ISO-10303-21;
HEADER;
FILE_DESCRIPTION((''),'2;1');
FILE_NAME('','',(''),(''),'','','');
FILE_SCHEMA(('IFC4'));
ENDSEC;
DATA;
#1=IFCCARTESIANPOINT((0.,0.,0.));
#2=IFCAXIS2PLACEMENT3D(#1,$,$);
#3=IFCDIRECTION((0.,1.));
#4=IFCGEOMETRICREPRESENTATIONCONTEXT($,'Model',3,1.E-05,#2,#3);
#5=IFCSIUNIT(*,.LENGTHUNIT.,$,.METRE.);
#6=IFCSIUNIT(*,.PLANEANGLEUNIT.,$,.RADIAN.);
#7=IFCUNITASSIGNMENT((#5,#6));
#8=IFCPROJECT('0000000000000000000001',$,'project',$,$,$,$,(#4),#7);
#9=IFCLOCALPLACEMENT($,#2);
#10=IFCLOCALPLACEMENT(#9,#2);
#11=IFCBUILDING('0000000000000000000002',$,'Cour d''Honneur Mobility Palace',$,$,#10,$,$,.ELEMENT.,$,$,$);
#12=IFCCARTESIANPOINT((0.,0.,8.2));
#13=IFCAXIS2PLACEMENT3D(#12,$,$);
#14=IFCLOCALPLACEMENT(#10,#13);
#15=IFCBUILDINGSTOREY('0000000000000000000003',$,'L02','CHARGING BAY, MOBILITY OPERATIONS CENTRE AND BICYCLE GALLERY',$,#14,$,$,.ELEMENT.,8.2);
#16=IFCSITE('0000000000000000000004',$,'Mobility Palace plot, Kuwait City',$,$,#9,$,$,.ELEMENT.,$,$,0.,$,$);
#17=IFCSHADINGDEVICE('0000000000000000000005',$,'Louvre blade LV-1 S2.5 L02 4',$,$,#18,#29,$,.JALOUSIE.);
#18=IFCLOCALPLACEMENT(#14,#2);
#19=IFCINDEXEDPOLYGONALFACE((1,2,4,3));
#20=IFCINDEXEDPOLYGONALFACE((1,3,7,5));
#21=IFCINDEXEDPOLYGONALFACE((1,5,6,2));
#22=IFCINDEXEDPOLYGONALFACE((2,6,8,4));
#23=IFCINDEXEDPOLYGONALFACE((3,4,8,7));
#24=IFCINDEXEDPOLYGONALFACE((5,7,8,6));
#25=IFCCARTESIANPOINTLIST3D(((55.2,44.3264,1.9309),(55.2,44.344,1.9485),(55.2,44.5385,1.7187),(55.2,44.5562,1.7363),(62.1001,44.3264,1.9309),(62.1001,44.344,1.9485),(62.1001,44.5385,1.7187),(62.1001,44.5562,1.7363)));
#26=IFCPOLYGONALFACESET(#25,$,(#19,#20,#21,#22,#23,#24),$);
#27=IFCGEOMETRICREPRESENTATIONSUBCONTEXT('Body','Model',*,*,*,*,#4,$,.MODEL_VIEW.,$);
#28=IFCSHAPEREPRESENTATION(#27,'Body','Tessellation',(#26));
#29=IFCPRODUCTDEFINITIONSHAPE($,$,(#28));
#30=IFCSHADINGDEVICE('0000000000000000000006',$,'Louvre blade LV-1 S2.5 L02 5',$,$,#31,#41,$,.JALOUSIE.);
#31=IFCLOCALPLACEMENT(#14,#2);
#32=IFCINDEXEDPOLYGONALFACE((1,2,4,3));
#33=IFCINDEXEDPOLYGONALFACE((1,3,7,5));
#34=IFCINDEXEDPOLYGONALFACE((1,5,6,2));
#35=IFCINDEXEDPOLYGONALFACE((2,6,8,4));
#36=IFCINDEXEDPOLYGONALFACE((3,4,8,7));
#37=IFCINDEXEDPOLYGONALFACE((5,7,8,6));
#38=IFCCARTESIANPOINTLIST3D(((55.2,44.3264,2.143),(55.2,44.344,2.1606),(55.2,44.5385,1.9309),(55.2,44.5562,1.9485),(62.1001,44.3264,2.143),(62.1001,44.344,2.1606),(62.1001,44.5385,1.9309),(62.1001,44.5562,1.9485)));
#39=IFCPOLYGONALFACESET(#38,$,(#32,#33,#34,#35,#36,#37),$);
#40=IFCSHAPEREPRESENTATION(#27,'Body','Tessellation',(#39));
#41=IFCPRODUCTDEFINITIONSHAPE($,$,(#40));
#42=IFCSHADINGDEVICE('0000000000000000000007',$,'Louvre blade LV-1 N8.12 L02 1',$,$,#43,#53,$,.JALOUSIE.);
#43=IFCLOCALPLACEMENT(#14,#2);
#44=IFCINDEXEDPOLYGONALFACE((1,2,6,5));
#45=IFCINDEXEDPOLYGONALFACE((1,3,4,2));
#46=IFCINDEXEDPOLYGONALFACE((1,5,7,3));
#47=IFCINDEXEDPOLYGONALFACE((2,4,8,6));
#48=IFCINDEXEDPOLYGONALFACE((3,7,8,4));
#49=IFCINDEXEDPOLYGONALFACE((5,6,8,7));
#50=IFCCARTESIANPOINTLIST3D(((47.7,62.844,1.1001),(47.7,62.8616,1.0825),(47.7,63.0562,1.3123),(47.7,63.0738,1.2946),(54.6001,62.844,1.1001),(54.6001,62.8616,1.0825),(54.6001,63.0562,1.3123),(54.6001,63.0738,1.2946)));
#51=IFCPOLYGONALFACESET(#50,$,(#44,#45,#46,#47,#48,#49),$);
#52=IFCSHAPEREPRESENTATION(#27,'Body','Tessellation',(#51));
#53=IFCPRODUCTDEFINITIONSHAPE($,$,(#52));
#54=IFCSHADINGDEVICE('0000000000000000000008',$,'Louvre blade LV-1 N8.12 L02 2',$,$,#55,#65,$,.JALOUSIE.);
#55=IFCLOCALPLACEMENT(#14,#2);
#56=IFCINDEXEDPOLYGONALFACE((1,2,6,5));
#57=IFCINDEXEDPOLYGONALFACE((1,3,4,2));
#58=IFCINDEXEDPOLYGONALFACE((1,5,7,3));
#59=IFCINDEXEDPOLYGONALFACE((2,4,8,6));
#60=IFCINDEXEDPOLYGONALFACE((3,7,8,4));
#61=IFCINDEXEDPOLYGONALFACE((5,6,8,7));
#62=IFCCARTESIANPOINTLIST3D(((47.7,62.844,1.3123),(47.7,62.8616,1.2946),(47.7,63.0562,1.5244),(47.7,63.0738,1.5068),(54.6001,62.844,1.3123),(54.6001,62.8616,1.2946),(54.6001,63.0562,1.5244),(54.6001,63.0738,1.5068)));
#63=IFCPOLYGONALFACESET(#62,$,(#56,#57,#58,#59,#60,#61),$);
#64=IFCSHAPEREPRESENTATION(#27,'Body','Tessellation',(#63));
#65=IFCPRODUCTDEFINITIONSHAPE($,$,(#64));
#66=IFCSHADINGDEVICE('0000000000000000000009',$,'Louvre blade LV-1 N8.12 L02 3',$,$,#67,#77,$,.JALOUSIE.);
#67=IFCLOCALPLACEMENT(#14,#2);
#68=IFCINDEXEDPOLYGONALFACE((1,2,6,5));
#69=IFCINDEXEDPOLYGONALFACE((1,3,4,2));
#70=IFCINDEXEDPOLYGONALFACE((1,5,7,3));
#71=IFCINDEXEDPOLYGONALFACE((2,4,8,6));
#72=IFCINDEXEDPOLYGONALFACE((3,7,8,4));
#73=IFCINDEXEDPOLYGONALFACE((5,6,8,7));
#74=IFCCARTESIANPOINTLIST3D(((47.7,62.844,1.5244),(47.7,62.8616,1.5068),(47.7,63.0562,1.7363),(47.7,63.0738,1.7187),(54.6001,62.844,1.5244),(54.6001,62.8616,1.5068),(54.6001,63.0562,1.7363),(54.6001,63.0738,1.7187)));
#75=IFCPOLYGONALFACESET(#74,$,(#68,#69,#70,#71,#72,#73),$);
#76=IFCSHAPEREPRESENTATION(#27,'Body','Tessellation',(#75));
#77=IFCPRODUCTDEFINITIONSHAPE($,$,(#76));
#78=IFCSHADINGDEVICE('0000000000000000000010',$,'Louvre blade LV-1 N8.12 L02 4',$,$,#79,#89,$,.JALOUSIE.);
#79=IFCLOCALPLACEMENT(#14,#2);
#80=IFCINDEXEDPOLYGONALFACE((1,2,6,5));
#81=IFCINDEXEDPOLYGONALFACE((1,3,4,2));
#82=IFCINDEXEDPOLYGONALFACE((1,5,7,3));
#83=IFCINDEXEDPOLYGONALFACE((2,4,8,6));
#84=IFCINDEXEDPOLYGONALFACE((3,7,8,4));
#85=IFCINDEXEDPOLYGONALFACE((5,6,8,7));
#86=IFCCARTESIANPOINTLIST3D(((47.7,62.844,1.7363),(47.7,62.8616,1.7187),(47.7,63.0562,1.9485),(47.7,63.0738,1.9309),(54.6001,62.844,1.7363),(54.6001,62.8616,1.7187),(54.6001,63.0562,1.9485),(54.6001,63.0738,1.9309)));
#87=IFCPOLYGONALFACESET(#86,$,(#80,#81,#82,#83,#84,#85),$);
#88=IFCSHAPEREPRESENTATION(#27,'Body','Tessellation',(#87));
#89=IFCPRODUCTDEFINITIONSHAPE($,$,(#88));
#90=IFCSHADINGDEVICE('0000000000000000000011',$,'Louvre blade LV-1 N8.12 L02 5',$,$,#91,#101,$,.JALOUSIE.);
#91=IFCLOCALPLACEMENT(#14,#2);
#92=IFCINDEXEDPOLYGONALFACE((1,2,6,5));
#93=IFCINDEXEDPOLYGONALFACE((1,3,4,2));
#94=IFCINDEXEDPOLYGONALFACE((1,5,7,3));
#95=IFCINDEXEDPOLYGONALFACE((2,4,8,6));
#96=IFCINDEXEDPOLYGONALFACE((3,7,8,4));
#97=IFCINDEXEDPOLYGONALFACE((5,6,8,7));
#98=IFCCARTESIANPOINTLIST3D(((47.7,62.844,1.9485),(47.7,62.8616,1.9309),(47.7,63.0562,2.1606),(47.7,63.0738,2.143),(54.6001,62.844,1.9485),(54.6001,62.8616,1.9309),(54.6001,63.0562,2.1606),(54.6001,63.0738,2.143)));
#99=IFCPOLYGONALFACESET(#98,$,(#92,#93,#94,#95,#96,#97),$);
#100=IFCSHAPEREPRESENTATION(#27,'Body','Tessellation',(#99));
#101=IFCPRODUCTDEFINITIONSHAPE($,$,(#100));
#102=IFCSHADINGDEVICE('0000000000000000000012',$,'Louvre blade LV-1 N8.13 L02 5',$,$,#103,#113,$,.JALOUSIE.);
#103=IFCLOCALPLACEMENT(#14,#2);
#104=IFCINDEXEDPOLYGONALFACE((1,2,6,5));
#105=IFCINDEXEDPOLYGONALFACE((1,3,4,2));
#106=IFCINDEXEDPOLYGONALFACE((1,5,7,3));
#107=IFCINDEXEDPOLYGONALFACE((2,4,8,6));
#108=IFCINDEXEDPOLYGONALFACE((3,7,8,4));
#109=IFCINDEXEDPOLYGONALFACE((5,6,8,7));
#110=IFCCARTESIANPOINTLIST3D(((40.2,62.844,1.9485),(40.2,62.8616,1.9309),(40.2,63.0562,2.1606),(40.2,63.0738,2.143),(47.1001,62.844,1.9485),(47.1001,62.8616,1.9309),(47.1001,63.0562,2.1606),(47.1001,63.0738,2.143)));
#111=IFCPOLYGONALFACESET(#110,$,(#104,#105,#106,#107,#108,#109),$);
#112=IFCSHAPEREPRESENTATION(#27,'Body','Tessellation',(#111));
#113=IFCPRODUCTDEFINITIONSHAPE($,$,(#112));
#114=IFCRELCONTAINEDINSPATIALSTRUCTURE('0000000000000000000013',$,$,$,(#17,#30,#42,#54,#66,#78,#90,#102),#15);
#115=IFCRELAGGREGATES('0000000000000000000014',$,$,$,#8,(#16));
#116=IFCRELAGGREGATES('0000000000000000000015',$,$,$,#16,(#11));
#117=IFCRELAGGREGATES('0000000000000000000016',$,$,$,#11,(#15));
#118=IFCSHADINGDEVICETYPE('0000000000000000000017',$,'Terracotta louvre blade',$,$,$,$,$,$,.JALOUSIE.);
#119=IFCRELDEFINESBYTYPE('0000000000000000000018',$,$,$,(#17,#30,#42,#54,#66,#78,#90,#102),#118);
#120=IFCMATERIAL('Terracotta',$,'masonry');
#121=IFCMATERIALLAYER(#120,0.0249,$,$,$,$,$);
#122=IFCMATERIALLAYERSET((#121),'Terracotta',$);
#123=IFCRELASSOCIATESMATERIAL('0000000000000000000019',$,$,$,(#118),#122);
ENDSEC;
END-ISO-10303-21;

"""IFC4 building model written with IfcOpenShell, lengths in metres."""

from ifc_helpers import new_model, si_unit, direction, frame, origin, place, context, subcontext, project, spatial, polyline, outline, extrude, material, layer, layer_set, type_object, element, save


model = new_model("IFC4")

# Units and contexts
model_context = context("Model", 3, precision=1e-05, world=origin(), true_north=direction((0.0, 1.0)))
body_context = subcontext(model_context, "Body", "Model", "MODEL_VIEW")
ifc_project = project(units=[si_unit("LENGTHUNIT", "METRE"), si_unit("PLANEANGLEUNIT", "RADIAN")], contexts=[model_context])

# Site, building, storey
site_placement = place(None, origin())
site = spatial("IfcSite", under=ifc_project, at=site_placement, Name="Mobility Palace plot, Kuwait City", CompositionType="ELEMENT", RefElevation=0.0)
building_placement = place(site_placement, origin())
building = spatial("IfcBuilding", under=site, at=building_placement, Name="Cour d'Honneur Mobility Palace", CompositionType="ELEMENT")
storey_placement = place(building_placement, frame((0.0, 0.0, 8.2)))
storey = spatial("IfcBuildingStorey", under=building, at=storey_placement, Name="L02", Description="CHARGING BAY, MOBILITY OPERATIONS CENTRE AND BICYCLE GALLERY", CompositionType="ELEMENT", Elevation=8.2)

# Shading devices
ifc_material_1 = material(Name="Terracotta", Category="masonry")
ifc_layer_1 = layer(ifc_material_1, 0.0249)
ifc_layer_set_1 = layer_set([ifc_layer_1], Name="Terracotta")
shading_device_type = type_object("IfcShadingDeviceType", Name="Terracotta louvre blade", PredefinedType="JALOUSIE", material=ifc_layer_set_1)
for number, where, z_axis, x_axis, name in (
    (1, (55.2, 44.5562, 1.7363), (0.0, 0.707107, 0.707107), (1.0, 0.0, 0.0), "Louvre blade LV-1 S2.5 L02 4"),
    (2, (55.2, 44.5562, 1.9485), (0.0, 0.707107, 0.707107), (1.0, 0.0, 0.0), "Louvre blade LV-1 S2.5 L02 5"),
    (3, (54.6001, 62.844, 1.1001), (0.0, -0.707107, 0.707107), (-1.0, 0.0, 0.0), "Louvre blade LV-1 N8.12 L02 1"),
    (4, (54.6001, 62.844, 1.3123), (0.0, -0.707107, 0.707107), (-1.0, 0.0, 0.0), "Louvre blade LV-1 N8.12 L02 2"),
):
    element("IfcShadingDevice", number, at=place(storey_placement, frame(where, z_axis=z_axis, x_axis=x_axis)), inside=storey, type_object=shading_device_type, Name=name, PredefinedType="JALOUSIE", context=body_context, shape_type="SweptSolid", body=[
        extrude(outline(polyline([(0.0, 0.0), (6.9001, 0.0), (6.9001, -0.3), (0.0, -0.3), (0.0, 0.0)])), origin(), (0.0, 0.0, -1.0), 0.0249),
    ])
shading_device_1_placement = place(storey_placement, frame((54.6001, 62.844, 1.5244), z_axis=(0.0, -0.7067, 0.707514), x_axis=(-1.0, 0.0, 0.0)))
element("IfcShadingDevice", 5, at=shading_device_1_placement, inside=storey, type_object=shading_device_type, Name="Louvre blade LV-1 N8.12 L02 3", PredefinedType="JALOUSIE", context=body_context, shape_type="SweptSolid", body=[
    extrude(outline(polyline([(0.0, 0.0), (6.9001, 0.0), (6.9001, -0.2999), (0.0, -0.2999), (0.0, 0.0)])), origin(), (0.0, 0.0, -1.0), 0.0249),
])
for number, where, z_axis, x_axis, name in (
    (6, (54.6001, 62.844, 1.7363), (0.0, -0.707107, 0.707107), (-1.0, 0.0, 0.0), "Louvre blade LV-1 N8.12 L02 4"),
    (7, (54.6001, 62.844, 1.9485), (0.0, -0.707107, 0.707107), (-1.0, 0.0, 0.0), "Louvre blade LV-1 N8.12 L02 5"),
    (8, (47.1001, 62.844, 1.9485), (0.0, -0.707107, 0.707107), (-1.0, 0.0, 0.0), "Louvre blade LV-1 N8.13 L02 5"),
):
    element("IfcShadingDevice", number, at=place(storey_placement, frame(where, z_axis=z_axis, x_axis=x_axis)), inside=storey, type_object=shading_device_type, Name=name, PredefinedType="JALOUSIE", context=body_context, shape_type="SweptSolid", body=[
        extrude(outline(polyline([(0.0, 0.0), (6.9001, 0.0), (6.9001, -0.3), (0.0, -0.3), (0.0, 0.0)])), origin(), (0.0, 0.0, -1.0), 0.0249),
    ])

save(model, "model.ifc")
